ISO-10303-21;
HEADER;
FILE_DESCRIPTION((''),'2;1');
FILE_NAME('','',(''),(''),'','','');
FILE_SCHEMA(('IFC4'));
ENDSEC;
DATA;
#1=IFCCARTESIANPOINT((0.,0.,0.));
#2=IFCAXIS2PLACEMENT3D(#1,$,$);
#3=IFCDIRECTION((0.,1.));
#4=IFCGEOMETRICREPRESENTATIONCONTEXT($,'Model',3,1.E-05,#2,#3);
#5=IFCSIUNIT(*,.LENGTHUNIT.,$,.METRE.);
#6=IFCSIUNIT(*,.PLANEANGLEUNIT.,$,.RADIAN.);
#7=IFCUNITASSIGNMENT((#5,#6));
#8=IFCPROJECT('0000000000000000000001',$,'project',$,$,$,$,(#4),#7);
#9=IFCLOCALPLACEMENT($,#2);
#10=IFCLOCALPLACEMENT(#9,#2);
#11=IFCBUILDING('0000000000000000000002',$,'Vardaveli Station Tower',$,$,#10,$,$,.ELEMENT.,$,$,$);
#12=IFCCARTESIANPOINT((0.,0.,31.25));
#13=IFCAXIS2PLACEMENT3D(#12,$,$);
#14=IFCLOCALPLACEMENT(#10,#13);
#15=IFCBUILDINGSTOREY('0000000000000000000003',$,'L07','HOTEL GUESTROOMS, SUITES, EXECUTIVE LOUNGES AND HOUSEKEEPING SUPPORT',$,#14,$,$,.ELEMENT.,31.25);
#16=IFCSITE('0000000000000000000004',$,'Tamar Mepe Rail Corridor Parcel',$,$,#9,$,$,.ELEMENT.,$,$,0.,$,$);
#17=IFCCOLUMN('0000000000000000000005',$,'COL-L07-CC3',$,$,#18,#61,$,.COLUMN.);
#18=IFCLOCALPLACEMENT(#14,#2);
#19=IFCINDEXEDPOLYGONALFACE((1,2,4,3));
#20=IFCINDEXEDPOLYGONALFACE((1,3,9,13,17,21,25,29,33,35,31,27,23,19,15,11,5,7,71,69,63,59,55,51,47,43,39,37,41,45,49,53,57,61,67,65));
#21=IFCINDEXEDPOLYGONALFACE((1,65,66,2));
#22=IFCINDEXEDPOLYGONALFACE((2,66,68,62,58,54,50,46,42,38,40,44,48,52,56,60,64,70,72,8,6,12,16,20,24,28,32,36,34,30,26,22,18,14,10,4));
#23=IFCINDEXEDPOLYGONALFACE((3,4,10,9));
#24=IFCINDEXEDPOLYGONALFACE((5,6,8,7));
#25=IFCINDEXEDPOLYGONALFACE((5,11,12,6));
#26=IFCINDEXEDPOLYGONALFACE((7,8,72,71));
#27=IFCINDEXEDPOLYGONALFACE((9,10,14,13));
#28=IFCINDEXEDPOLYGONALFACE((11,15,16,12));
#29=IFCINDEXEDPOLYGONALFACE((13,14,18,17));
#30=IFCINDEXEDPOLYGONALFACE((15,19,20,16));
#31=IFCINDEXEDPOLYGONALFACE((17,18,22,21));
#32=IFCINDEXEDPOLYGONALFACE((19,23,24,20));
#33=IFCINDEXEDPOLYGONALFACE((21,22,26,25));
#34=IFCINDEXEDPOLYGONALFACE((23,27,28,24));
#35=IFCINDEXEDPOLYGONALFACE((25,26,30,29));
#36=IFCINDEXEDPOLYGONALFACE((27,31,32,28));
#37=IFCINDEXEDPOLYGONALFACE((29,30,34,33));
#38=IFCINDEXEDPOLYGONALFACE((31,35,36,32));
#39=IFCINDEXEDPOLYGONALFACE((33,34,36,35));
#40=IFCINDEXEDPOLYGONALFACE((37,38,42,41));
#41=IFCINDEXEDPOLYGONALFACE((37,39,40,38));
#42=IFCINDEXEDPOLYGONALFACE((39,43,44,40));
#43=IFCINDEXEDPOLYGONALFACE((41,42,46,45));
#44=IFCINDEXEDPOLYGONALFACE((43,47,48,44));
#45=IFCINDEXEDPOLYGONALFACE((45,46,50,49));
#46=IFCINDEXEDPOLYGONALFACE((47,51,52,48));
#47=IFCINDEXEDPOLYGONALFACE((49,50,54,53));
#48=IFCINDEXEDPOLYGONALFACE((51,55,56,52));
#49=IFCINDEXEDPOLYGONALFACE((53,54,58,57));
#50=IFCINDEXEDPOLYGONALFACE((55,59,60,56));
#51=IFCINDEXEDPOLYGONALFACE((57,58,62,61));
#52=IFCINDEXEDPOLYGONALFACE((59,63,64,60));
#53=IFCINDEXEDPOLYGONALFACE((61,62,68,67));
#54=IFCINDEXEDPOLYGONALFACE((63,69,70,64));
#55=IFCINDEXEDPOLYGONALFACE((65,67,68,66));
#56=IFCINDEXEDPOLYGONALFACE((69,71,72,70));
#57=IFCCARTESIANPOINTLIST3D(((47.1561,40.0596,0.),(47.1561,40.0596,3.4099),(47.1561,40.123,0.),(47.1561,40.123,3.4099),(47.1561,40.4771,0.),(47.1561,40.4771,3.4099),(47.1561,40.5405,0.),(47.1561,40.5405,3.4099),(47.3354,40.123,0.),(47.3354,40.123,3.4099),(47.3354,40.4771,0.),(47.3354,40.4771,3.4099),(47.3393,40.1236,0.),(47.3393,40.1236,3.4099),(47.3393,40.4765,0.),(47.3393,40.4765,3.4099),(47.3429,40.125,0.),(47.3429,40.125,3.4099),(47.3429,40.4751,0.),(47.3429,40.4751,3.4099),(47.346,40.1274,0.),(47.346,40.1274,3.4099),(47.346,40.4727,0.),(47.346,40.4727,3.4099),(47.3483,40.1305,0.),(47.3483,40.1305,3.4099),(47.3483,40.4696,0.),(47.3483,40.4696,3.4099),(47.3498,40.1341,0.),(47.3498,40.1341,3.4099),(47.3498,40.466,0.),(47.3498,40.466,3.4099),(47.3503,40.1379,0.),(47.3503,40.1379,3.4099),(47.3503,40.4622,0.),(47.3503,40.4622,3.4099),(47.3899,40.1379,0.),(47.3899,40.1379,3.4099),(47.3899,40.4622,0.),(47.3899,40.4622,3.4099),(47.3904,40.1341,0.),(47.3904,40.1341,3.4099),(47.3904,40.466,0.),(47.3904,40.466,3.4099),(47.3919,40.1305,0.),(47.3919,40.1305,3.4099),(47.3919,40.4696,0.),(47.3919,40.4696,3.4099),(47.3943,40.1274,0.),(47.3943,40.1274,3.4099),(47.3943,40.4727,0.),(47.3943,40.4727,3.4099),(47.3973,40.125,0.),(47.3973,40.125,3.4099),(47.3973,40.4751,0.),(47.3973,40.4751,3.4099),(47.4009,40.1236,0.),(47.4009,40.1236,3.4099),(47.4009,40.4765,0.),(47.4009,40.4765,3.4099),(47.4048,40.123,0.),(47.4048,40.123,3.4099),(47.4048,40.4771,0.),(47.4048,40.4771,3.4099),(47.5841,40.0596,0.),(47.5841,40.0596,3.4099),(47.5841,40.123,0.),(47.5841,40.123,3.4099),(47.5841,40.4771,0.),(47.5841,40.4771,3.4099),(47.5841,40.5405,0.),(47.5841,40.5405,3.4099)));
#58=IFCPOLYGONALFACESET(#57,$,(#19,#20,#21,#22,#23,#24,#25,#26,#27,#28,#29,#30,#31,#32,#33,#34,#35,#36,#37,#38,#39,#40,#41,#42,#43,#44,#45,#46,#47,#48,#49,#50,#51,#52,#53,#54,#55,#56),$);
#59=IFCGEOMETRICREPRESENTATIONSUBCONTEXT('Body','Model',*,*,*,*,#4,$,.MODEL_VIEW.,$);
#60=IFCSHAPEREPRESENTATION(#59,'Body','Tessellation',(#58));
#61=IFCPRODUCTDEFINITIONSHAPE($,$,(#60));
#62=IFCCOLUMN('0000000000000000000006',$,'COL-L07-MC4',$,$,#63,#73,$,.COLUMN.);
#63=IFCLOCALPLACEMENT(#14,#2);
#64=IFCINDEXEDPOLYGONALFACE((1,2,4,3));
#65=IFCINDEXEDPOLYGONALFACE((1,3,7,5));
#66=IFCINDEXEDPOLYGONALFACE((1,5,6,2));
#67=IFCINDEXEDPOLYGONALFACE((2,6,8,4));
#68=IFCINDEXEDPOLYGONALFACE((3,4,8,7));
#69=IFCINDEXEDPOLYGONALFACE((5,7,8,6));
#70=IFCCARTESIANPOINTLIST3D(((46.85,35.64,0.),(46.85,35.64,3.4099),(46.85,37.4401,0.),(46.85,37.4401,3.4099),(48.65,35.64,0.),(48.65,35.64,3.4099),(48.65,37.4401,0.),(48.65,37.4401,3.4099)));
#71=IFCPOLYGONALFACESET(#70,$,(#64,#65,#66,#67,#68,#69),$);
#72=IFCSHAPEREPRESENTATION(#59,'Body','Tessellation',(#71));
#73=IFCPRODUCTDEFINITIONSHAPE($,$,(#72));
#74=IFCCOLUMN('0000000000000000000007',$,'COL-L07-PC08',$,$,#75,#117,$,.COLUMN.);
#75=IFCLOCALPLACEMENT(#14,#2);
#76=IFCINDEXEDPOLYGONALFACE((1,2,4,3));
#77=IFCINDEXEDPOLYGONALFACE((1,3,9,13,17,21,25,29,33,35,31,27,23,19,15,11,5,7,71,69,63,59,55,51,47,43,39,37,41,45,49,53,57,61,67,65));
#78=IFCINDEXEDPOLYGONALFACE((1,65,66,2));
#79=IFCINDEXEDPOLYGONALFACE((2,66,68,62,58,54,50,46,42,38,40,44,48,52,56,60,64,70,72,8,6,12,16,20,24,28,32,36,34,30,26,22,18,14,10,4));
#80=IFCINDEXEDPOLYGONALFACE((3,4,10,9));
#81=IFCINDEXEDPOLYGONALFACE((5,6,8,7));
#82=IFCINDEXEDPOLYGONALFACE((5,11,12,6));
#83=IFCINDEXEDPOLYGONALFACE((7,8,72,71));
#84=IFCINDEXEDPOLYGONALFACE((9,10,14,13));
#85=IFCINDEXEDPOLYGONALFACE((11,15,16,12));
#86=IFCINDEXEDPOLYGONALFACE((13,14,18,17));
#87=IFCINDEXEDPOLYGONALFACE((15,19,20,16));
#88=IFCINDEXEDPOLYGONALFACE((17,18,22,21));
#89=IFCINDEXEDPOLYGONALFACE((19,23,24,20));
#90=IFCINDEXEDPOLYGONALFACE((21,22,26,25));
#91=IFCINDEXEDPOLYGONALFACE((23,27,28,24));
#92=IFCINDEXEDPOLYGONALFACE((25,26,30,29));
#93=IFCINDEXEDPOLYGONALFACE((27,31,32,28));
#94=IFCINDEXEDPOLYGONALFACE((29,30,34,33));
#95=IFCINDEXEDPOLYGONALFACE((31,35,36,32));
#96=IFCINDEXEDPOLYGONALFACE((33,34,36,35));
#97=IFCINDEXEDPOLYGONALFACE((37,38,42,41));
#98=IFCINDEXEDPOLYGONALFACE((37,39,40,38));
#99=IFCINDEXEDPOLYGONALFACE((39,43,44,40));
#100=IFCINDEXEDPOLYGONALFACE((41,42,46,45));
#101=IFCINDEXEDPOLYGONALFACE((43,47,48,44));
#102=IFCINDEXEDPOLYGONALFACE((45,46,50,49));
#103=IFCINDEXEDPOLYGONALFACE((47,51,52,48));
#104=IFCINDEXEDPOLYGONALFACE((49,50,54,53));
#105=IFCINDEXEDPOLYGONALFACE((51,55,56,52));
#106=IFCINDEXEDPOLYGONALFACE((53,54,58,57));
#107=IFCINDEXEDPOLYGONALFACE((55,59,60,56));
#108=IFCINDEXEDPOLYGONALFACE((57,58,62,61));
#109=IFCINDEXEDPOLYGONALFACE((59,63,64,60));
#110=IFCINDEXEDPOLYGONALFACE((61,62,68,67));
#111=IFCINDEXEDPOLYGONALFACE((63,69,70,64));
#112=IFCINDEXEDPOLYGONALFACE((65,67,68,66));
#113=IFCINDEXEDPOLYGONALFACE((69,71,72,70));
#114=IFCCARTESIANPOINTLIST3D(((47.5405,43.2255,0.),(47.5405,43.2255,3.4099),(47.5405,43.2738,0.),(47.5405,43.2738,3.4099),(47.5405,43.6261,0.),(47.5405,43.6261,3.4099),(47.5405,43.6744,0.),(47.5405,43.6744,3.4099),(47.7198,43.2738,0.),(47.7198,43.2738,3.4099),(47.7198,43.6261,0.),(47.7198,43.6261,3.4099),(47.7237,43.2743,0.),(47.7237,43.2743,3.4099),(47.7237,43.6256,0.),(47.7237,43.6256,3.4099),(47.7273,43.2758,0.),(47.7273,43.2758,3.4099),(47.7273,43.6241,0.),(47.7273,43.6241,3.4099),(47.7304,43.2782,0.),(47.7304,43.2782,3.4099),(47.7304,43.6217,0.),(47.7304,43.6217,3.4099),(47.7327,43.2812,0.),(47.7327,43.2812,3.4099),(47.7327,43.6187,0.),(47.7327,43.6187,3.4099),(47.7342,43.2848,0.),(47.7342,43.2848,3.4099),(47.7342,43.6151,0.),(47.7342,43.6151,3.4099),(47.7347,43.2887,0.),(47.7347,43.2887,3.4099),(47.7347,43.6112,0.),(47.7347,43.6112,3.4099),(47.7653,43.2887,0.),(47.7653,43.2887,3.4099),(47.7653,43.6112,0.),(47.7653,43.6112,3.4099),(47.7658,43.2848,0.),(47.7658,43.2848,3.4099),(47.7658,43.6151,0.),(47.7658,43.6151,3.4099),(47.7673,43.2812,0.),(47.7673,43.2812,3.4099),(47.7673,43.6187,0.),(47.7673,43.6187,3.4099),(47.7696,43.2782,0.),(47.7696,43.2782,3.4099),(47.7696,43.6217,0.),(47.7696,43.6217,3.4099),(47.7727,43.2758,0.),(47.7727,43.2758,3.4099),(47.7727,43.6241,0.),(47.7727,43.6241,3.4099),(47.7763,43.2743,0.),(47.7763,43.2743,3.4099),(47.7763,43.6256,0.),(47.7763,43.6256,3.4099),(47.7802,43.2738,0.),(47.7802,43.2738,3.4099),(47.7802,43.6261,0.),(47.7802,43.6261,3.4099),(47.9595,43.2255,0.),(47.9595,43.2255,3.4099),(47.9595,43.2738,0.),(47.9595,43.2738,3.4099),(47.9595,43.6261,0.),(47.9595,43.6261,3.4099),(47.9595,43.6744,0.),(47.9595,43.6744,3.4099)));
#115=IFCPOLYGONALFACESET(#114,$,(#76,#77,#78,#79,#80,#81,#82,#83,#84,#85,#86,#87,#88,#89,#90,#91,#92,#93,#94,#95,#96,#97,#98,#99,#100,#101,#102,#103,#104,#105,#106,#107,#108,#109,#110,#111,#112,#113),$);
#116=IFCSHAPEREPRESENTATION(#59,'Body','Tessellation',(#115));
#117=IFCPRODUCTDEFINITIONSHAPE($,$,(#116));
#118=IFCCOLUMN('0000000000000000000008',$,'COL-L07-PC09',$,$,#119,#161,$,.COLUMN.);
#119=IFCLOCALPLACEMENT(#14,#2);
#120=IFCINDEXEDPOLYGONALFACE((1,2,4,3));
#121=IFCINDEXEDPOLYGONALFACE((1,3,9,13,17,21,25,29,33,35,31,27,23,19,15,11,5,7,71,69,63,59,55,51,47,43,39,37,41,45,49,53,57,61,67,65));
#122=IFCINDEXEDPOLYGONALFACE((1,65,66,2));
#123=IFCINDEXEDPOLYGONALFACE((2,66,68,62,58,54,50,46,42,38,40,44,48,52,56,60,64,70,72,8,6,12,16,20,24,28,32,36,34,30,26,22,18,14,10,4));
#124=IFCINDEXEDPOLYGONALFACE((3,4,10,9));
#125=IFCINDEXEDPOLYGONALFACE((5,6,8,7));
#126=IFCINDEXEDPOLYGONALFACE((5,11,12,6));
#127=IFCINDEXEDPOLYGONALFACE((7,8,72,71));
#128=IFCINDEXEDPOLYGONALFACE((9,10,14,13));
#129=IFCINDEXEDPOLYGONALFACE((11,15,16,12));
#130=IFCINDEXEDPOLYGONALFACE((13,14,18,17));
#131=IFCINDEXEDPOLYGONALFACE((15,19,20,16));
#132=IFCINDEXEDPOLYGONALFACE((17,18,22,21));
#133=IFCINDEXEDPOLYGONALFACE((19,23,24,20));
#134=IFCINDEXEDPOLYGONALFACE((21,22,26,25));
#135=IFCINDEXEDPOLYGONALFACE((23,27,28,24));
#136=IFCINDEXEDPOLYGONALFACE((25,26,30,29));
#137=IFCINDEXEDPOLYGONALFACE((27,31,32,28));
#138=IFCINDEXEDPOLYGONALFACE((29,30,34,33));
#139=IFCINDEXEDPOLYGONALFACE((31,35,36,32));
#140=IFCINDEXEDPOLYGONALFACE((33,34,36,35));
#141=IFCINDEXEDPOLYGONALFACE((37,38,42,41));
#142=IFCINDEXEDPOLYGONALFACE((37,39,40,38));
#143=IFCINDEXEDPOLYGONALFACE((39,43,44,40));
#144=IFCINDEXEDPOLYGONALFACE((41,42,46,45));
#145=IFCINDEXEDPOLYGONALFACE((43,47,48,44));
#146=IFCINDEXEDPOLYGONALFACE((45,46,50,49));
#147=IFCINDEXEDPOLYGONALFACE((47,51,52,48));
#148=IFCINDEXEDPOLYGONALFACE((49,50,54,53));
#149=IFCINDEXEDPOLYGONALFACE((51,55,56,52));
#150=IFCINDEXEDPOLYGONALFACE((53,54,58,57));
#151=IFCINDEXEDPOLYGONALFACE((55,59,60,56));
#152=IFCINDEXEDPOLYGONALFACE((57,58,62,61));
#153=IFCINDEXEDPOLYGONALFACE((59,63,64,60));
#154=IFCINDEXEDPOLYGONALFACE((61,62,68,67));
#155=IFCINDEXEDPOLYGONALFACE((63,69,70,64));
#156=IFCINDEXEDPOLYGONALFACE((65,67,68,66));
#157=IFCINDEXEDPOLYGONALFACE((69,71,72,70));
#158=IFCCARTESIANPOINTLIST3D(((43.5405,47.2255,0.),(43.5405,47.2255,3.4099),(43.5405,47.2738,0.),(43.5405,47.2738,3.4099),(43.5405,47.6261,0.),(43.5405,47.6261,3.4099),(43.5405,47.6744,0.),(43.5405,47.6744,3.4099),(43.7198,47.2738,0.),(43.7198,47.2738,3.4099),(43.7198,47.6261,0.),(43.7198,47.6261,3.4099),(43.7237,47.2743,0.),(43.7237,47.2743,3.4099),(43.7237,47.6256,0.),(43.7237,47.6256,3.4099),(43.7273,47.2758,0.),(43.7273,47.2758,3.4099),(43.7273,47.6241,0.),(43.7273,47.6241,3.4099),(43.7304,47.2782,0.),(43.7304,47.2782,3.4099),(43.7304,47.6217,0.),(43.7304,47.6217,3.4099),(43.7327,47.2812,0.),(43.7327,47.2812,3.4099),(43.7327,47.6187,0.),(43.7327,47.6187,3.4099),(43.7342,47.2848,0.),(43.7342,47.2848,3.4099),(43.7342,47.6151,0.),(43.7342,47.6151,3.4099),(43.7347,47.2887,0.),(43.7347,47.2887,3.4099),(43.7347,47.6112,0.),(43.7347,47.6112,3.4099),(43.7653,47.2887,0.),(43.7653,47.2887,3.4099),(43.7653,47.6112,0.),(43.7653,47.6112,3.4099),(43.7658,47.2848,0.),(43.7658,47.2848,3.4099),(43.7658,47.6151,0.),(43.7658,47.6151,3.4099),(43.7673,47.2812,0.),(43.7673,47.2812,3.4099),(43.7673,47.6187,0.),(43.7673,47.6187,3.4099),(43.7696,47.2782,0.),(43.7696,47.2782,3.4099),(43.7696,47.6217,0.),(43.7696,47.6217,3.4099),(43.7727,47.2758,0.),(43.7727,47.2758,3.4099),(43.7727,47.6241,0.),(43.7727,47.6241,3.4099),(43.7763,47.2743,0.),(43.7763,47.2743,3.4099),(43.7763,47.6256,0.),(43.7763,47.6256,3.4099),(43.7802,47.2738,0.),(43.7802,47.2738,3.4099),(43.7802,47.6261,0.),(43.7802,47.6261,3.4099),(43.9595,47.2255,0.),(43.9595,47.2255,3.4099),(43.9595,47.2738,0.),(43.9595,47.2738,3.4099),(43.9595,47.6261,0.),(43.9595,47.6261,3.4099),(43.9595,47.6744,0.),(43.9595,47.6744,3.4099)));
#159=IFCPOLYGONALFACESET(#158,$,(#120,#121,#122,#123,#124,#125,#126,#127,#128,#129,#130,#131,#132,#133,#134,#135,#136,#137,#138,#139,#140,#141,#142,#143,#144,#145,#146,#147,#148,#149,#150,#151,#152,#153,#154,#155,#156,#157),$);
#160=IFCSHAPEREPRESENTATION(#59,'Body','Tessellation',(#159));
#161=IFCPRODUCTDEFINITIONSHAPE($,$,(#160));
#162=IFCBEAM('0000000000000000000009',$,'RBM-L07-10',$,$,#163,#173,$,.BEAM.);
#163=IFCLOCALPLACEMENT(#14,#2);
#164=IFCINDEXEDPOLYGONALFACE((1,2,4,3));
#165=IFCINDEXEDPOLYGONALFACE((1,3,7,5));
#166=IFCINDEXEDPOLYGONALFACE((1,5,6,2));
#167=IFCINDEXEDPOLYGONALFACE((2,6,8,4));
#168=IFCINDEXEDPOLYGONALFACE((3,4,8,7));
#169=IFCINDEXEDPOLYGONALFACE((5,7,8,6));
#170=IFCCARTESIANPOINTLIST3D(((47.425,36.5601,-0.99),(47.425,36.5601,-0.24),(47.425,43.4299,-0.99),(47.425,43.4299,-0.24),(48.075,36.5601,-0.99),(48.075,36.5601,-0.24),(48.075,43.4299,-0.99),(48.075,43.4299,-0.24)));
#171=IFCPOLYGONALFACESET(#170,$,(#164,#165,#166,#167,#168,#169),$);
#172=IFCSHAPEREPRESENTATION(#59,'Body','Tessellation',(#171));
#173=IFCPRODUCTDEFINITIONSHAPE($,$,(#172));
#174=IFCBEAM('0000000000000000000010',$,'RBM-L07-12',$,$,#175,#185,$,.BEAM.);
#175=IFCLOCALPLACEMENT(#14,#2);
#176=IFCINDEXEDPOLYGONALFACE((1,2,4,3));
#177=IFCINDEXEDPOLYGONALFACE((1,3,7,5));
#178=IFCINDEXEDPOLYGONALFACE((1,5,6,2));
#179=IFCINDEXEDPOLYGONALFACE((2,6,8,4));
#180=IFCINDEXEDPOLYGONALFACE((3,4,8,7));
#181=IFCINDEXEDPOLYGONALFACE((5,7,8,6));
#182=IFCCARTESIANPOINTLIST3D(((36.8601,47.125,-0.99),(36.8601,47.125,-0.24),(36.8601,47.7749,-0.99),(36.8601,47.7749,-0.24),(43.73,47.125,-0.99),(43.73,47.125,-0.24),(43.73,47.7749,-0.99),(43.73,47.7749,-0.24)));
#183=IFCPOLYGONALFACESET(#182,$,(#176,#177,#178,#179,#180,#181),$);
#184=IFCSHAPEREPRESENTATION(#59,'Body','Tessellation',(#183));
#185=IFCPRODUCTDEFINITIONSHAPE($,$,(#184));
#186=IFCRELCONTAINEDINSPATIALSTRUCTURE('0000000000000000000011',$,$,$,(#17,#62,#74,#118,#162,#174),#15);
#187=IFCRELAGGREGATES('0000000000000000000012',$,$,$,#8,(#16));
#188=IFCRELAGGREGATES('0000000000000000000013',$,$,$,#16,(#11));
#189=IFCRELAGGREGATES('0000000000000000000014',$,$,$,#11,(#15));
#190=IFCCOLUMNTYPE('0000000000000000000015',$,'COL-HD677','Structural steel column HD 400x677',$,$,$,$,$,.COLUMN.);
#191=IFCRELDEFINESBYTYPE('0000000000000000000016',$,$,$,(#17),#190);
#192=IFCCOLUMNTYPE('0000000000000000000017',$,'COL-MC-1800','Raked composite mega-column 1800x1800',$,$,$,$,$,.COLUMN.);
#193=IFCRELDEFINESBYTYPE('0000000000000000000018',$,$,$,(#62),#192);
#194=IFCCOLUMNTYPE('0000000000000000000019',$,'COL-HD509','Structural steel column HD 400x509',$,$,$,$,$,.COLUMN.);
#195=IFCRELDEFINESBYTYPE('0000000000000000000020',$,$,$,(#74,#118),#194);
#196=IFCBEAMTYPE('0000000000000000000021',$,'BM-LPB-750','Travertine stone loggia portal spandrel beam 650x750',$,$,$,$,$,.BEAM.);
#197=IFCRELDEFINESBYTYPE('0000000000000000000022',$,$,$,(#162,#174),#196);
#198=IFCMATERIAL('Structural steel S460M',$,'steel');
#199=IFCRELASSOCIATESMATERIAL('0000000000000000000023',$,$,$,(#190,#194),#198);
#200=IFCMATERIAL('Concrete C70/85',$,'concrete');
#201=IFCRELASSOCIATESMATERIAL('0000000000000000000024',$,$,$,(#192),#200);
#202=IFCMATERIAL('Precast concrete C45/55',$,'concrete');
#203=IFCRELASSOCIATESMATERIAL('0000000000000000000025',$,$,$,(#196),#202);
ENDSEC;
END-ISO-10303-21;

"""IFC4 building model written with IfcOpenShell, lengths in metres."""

from ifc_helpers import new_model, si_unit, direction, frame, origin, origin_2d, place, context, subcontext, project, spatial, rectangle, i_section, extrude, source, transform, mapped, material, material_profile, profile_set, type_object, element, save


model = new_model("IFC4")

# Units and contexts
model_context = context("Model", 3, precision=1e-05, world=origin(), true_north=direction((0.0, 1.0)))
body_context = subcontext(model_context, "Body", "Model", "MODEL_VIEW")
ifc_project = project(units=[si_unit("LENGTHUNIT", "METRE"), si_unit("PLANEANGLEUNIT", "RADIAN")], contexts=[model_context])

# Site, building, storey
site_placement = place(None, origin())
site = spatial("IfcSite", under=ifc_project, at=site_placement, Name="Tamar Mepe Rail Corridor Parcel", CompositionType="ELEMENT", RefElevation=0.0)
building_placement = place(site_placement, origin())
building = spatial("IfcBuilding", under=site, at=building_placement, Name="Vardaveli Station Tower", CompositionType="ELEMENT")
storey_placement = place(building_placement, frame((0.0, 0.0, 31.25)))
storey = spatial("IfcBuildingStorey", under=building, at=storey_placement, Name="L07", Description="HOTEL GUESTROOMS, SUITES, EXECUTIVE LOUNGES AND HOUSEKEEPING SUPPORT", CompositionType="ELEMENT", Elevation=31.25)

# Columns
ifc_material_1 = material(Name="Structural steel S460M", Category="steel")
ifc_material_profile_1 = material_profile(ifc_material_1, i_section(OverallWidth=0.428, OverallDepth=0.481, WebThickness=0.0396, FlangeThickness=0.0635, FilletRadius=0.0149, at=origin_2d()), Name="HD 400x677")
ifc_profile_set_1 = profile_set([ifc_material_profile_1], Name="Structural steel S460M")
column_type_1 = type_object("IfcColumnType", Name="COL-HD677", Description="Structural steel column HD 400x677", PredefinedType="COLUMN", material=ifc_profile_set_1)
shared_shape_1 = source(origin(), body_context, "Body", "SweptSolid", [
    extrude(i_section(OverallWidth=0.428, OverallDepth=0.481, WebThickness=0.0396, FlangeThickness=0.0635, FilletRadius=0.0149, at=origin_2d()), origin(), (0.0, 0.0, 1.0), 3.4099),
])
column_1_placement = place(storey_placement, frame((47.3701, 40.3, 0.0), z_axis=(0.0, 0.0, 1.0), x_axis=(1.0, 0.0, 0.0)))
element("IfcColumn", 1, at=column_1_placement, inside=storey, type_object=column_type_1, Name="COL-L07-CC3", PredefinedType="COLUMN", context=body_context, shape_type="MappedRepresentation", body=[
    mapped(shared_shape_1, transform((0.0, 0.0, 0.0), scale=1.0)),
])
ifc_material_2 = material(Name="Concrete C70/85", Category="concrete")
ifc_material_profile_2 = material_profile(ifc_material_2, rectangle(XDim=1.8, YDim=1.8, at=origin_2d()), Name="MC 1800x1800")
ifc_profile_set_2 = profile_set([ifc_material_profile_2], Name="Concrete C70/85")
column_type_2 = type_object("IfcColumnType", Name="COL-MC-1800", Description="Raked composite mega-column 1800x1800", PredefinedType="COLUMN", material=ifc_profile_set_2)
shared_shape_2 = source(origin(), body_context, "Body", "SweptSolid", [
    extrude(rectangle(XDim=1.8, YDim=1.8, at=origin_2d()), origin(), (0.0, 0.0, 1.0), 3.4099),
])
column_2_placement = place(storey_placement, frame((47.75, 36.54, 0.0), z_axis=(0.0, 0.0, 1.0), x_axis=(1.0, 0.0, 0.0)))
element("IfcColumn", 2, at=column_2_placement, inside=storey, type_object=column_type_2, Name="COL-L07-MC4", PredefinedType="COLUMN", context=body_context, shape_type="MappedRepresentation", body=[
    mapped(shared_shape_2, transform((0.0, 0.0, 0.0), scale=1.0)),
])
ifc_material_profile_3 = material_profile(ifc_material_1, i_section(OverallWidth=0.4189, OverallDepth=0.449, WebThickness=0.0305, FlangeThickness=0.0483, FilletRadius=0.0149, at=origin_2d()), Name="HD 400x509")
ifc_profile_set_3 = profile_set([ifc_material_profile_3], Name="Structural steel S460M")
column_type_3 = type_object("IfcColumnType", Name="COL-HD509", Description="Structural steel column HD 400x509", PredefinedType="COLUMN", material=ifc_profile_set_3)
shared_shape_3 = source(origin(), body_context, "Body", "SweptSolid", [
    extrude(i_section(OverallWidth=0.4189, OverallDepth=0.449, WebThickness=0.0305, FlangeThickness=0.0483, FilletRadius=0.0149, at=origin_2d()), origin(), (0.0, 0.0, 1.0), 3.4099),
])
for number, where, z_axis, x_axis, name in (
    (3, (47.75, 43.45, 0.0), (0.0, 0.0, 1.0), (1.0, 0.0, 0.0), "COL-L07-PC08"),
    (4, (43.75, 47.45, 0.0), (0.0, 0.0, 1.0), (1.0, 0.0, 0.0), "COL-L07-PC09"),
):
    element("IfcColumn", number, at=place(storey_placement, frame(where, z_axis=z_axis, x_axis=x_axis)), inside=storey, type_object=column_type_3, Name=name, PredefinedType="COLUMN", context=body_context, shape_type="MappedRepresentation", body=[
        mapped(shared_shape_3, transform((0.0, 0.0, 0.0), scale=1.0)),
    ])

# Beams
ifc_material_3 = material(Name="Precast concrete C45/55", Category="concrete")
ifc_material_profile_4 = material_profile(ifc_material_3, rectangle(XDim=0.6499, YDim=0.75, at=origin_2d()), Name="LPB 650x750")
ifc_profile_set_4 = profile_set([ifc_material_profile_4], Name="Precast concrete C45/55")
beam_type = type_object("IfcBeamType", Name="BM-LPB-750", Description="Travertine stone loggia portal spandrel beam 650x750", PredefinedType="BEAM", material=ifc_profile_set_4)
shared_shape_4 = source(origin(), body_context, "Body", "SweptSolid", [
    extrude(rectangle(XDim=0.6499, YDim=0.75, at=origin_2d()), origin(), (0.0, 0.0, 1.0), 6.8699),
])
for number, where, z_axis, x_axis, name in (
    (5, (47.75, 36.5601, -0.615), (0.0, 1.0, 0.0), (-1.0, 0.0, 0.0), "RBM-L07-10"),
    (6, (43.73, 47.45, -0.615), (-1.0, 0.0, 0.0), (0.0, -1.0, 0.0), "RBM-L07-12"),
):
    element("IfcBeam", number, at=place(storey_placement, frame(where, z_axis=z_axis, x_axis=x_axis)), inside=storey, type_object=beam_type, Name=name, PredefinedType="BEAM", context=body_context, shape_type="MappedRepresentation", body=[
        mapped(shared_shape_4, transform((0.0, 0.0, 0.0), scale=1.0)),
    ])

save(model, "model.ifc")
